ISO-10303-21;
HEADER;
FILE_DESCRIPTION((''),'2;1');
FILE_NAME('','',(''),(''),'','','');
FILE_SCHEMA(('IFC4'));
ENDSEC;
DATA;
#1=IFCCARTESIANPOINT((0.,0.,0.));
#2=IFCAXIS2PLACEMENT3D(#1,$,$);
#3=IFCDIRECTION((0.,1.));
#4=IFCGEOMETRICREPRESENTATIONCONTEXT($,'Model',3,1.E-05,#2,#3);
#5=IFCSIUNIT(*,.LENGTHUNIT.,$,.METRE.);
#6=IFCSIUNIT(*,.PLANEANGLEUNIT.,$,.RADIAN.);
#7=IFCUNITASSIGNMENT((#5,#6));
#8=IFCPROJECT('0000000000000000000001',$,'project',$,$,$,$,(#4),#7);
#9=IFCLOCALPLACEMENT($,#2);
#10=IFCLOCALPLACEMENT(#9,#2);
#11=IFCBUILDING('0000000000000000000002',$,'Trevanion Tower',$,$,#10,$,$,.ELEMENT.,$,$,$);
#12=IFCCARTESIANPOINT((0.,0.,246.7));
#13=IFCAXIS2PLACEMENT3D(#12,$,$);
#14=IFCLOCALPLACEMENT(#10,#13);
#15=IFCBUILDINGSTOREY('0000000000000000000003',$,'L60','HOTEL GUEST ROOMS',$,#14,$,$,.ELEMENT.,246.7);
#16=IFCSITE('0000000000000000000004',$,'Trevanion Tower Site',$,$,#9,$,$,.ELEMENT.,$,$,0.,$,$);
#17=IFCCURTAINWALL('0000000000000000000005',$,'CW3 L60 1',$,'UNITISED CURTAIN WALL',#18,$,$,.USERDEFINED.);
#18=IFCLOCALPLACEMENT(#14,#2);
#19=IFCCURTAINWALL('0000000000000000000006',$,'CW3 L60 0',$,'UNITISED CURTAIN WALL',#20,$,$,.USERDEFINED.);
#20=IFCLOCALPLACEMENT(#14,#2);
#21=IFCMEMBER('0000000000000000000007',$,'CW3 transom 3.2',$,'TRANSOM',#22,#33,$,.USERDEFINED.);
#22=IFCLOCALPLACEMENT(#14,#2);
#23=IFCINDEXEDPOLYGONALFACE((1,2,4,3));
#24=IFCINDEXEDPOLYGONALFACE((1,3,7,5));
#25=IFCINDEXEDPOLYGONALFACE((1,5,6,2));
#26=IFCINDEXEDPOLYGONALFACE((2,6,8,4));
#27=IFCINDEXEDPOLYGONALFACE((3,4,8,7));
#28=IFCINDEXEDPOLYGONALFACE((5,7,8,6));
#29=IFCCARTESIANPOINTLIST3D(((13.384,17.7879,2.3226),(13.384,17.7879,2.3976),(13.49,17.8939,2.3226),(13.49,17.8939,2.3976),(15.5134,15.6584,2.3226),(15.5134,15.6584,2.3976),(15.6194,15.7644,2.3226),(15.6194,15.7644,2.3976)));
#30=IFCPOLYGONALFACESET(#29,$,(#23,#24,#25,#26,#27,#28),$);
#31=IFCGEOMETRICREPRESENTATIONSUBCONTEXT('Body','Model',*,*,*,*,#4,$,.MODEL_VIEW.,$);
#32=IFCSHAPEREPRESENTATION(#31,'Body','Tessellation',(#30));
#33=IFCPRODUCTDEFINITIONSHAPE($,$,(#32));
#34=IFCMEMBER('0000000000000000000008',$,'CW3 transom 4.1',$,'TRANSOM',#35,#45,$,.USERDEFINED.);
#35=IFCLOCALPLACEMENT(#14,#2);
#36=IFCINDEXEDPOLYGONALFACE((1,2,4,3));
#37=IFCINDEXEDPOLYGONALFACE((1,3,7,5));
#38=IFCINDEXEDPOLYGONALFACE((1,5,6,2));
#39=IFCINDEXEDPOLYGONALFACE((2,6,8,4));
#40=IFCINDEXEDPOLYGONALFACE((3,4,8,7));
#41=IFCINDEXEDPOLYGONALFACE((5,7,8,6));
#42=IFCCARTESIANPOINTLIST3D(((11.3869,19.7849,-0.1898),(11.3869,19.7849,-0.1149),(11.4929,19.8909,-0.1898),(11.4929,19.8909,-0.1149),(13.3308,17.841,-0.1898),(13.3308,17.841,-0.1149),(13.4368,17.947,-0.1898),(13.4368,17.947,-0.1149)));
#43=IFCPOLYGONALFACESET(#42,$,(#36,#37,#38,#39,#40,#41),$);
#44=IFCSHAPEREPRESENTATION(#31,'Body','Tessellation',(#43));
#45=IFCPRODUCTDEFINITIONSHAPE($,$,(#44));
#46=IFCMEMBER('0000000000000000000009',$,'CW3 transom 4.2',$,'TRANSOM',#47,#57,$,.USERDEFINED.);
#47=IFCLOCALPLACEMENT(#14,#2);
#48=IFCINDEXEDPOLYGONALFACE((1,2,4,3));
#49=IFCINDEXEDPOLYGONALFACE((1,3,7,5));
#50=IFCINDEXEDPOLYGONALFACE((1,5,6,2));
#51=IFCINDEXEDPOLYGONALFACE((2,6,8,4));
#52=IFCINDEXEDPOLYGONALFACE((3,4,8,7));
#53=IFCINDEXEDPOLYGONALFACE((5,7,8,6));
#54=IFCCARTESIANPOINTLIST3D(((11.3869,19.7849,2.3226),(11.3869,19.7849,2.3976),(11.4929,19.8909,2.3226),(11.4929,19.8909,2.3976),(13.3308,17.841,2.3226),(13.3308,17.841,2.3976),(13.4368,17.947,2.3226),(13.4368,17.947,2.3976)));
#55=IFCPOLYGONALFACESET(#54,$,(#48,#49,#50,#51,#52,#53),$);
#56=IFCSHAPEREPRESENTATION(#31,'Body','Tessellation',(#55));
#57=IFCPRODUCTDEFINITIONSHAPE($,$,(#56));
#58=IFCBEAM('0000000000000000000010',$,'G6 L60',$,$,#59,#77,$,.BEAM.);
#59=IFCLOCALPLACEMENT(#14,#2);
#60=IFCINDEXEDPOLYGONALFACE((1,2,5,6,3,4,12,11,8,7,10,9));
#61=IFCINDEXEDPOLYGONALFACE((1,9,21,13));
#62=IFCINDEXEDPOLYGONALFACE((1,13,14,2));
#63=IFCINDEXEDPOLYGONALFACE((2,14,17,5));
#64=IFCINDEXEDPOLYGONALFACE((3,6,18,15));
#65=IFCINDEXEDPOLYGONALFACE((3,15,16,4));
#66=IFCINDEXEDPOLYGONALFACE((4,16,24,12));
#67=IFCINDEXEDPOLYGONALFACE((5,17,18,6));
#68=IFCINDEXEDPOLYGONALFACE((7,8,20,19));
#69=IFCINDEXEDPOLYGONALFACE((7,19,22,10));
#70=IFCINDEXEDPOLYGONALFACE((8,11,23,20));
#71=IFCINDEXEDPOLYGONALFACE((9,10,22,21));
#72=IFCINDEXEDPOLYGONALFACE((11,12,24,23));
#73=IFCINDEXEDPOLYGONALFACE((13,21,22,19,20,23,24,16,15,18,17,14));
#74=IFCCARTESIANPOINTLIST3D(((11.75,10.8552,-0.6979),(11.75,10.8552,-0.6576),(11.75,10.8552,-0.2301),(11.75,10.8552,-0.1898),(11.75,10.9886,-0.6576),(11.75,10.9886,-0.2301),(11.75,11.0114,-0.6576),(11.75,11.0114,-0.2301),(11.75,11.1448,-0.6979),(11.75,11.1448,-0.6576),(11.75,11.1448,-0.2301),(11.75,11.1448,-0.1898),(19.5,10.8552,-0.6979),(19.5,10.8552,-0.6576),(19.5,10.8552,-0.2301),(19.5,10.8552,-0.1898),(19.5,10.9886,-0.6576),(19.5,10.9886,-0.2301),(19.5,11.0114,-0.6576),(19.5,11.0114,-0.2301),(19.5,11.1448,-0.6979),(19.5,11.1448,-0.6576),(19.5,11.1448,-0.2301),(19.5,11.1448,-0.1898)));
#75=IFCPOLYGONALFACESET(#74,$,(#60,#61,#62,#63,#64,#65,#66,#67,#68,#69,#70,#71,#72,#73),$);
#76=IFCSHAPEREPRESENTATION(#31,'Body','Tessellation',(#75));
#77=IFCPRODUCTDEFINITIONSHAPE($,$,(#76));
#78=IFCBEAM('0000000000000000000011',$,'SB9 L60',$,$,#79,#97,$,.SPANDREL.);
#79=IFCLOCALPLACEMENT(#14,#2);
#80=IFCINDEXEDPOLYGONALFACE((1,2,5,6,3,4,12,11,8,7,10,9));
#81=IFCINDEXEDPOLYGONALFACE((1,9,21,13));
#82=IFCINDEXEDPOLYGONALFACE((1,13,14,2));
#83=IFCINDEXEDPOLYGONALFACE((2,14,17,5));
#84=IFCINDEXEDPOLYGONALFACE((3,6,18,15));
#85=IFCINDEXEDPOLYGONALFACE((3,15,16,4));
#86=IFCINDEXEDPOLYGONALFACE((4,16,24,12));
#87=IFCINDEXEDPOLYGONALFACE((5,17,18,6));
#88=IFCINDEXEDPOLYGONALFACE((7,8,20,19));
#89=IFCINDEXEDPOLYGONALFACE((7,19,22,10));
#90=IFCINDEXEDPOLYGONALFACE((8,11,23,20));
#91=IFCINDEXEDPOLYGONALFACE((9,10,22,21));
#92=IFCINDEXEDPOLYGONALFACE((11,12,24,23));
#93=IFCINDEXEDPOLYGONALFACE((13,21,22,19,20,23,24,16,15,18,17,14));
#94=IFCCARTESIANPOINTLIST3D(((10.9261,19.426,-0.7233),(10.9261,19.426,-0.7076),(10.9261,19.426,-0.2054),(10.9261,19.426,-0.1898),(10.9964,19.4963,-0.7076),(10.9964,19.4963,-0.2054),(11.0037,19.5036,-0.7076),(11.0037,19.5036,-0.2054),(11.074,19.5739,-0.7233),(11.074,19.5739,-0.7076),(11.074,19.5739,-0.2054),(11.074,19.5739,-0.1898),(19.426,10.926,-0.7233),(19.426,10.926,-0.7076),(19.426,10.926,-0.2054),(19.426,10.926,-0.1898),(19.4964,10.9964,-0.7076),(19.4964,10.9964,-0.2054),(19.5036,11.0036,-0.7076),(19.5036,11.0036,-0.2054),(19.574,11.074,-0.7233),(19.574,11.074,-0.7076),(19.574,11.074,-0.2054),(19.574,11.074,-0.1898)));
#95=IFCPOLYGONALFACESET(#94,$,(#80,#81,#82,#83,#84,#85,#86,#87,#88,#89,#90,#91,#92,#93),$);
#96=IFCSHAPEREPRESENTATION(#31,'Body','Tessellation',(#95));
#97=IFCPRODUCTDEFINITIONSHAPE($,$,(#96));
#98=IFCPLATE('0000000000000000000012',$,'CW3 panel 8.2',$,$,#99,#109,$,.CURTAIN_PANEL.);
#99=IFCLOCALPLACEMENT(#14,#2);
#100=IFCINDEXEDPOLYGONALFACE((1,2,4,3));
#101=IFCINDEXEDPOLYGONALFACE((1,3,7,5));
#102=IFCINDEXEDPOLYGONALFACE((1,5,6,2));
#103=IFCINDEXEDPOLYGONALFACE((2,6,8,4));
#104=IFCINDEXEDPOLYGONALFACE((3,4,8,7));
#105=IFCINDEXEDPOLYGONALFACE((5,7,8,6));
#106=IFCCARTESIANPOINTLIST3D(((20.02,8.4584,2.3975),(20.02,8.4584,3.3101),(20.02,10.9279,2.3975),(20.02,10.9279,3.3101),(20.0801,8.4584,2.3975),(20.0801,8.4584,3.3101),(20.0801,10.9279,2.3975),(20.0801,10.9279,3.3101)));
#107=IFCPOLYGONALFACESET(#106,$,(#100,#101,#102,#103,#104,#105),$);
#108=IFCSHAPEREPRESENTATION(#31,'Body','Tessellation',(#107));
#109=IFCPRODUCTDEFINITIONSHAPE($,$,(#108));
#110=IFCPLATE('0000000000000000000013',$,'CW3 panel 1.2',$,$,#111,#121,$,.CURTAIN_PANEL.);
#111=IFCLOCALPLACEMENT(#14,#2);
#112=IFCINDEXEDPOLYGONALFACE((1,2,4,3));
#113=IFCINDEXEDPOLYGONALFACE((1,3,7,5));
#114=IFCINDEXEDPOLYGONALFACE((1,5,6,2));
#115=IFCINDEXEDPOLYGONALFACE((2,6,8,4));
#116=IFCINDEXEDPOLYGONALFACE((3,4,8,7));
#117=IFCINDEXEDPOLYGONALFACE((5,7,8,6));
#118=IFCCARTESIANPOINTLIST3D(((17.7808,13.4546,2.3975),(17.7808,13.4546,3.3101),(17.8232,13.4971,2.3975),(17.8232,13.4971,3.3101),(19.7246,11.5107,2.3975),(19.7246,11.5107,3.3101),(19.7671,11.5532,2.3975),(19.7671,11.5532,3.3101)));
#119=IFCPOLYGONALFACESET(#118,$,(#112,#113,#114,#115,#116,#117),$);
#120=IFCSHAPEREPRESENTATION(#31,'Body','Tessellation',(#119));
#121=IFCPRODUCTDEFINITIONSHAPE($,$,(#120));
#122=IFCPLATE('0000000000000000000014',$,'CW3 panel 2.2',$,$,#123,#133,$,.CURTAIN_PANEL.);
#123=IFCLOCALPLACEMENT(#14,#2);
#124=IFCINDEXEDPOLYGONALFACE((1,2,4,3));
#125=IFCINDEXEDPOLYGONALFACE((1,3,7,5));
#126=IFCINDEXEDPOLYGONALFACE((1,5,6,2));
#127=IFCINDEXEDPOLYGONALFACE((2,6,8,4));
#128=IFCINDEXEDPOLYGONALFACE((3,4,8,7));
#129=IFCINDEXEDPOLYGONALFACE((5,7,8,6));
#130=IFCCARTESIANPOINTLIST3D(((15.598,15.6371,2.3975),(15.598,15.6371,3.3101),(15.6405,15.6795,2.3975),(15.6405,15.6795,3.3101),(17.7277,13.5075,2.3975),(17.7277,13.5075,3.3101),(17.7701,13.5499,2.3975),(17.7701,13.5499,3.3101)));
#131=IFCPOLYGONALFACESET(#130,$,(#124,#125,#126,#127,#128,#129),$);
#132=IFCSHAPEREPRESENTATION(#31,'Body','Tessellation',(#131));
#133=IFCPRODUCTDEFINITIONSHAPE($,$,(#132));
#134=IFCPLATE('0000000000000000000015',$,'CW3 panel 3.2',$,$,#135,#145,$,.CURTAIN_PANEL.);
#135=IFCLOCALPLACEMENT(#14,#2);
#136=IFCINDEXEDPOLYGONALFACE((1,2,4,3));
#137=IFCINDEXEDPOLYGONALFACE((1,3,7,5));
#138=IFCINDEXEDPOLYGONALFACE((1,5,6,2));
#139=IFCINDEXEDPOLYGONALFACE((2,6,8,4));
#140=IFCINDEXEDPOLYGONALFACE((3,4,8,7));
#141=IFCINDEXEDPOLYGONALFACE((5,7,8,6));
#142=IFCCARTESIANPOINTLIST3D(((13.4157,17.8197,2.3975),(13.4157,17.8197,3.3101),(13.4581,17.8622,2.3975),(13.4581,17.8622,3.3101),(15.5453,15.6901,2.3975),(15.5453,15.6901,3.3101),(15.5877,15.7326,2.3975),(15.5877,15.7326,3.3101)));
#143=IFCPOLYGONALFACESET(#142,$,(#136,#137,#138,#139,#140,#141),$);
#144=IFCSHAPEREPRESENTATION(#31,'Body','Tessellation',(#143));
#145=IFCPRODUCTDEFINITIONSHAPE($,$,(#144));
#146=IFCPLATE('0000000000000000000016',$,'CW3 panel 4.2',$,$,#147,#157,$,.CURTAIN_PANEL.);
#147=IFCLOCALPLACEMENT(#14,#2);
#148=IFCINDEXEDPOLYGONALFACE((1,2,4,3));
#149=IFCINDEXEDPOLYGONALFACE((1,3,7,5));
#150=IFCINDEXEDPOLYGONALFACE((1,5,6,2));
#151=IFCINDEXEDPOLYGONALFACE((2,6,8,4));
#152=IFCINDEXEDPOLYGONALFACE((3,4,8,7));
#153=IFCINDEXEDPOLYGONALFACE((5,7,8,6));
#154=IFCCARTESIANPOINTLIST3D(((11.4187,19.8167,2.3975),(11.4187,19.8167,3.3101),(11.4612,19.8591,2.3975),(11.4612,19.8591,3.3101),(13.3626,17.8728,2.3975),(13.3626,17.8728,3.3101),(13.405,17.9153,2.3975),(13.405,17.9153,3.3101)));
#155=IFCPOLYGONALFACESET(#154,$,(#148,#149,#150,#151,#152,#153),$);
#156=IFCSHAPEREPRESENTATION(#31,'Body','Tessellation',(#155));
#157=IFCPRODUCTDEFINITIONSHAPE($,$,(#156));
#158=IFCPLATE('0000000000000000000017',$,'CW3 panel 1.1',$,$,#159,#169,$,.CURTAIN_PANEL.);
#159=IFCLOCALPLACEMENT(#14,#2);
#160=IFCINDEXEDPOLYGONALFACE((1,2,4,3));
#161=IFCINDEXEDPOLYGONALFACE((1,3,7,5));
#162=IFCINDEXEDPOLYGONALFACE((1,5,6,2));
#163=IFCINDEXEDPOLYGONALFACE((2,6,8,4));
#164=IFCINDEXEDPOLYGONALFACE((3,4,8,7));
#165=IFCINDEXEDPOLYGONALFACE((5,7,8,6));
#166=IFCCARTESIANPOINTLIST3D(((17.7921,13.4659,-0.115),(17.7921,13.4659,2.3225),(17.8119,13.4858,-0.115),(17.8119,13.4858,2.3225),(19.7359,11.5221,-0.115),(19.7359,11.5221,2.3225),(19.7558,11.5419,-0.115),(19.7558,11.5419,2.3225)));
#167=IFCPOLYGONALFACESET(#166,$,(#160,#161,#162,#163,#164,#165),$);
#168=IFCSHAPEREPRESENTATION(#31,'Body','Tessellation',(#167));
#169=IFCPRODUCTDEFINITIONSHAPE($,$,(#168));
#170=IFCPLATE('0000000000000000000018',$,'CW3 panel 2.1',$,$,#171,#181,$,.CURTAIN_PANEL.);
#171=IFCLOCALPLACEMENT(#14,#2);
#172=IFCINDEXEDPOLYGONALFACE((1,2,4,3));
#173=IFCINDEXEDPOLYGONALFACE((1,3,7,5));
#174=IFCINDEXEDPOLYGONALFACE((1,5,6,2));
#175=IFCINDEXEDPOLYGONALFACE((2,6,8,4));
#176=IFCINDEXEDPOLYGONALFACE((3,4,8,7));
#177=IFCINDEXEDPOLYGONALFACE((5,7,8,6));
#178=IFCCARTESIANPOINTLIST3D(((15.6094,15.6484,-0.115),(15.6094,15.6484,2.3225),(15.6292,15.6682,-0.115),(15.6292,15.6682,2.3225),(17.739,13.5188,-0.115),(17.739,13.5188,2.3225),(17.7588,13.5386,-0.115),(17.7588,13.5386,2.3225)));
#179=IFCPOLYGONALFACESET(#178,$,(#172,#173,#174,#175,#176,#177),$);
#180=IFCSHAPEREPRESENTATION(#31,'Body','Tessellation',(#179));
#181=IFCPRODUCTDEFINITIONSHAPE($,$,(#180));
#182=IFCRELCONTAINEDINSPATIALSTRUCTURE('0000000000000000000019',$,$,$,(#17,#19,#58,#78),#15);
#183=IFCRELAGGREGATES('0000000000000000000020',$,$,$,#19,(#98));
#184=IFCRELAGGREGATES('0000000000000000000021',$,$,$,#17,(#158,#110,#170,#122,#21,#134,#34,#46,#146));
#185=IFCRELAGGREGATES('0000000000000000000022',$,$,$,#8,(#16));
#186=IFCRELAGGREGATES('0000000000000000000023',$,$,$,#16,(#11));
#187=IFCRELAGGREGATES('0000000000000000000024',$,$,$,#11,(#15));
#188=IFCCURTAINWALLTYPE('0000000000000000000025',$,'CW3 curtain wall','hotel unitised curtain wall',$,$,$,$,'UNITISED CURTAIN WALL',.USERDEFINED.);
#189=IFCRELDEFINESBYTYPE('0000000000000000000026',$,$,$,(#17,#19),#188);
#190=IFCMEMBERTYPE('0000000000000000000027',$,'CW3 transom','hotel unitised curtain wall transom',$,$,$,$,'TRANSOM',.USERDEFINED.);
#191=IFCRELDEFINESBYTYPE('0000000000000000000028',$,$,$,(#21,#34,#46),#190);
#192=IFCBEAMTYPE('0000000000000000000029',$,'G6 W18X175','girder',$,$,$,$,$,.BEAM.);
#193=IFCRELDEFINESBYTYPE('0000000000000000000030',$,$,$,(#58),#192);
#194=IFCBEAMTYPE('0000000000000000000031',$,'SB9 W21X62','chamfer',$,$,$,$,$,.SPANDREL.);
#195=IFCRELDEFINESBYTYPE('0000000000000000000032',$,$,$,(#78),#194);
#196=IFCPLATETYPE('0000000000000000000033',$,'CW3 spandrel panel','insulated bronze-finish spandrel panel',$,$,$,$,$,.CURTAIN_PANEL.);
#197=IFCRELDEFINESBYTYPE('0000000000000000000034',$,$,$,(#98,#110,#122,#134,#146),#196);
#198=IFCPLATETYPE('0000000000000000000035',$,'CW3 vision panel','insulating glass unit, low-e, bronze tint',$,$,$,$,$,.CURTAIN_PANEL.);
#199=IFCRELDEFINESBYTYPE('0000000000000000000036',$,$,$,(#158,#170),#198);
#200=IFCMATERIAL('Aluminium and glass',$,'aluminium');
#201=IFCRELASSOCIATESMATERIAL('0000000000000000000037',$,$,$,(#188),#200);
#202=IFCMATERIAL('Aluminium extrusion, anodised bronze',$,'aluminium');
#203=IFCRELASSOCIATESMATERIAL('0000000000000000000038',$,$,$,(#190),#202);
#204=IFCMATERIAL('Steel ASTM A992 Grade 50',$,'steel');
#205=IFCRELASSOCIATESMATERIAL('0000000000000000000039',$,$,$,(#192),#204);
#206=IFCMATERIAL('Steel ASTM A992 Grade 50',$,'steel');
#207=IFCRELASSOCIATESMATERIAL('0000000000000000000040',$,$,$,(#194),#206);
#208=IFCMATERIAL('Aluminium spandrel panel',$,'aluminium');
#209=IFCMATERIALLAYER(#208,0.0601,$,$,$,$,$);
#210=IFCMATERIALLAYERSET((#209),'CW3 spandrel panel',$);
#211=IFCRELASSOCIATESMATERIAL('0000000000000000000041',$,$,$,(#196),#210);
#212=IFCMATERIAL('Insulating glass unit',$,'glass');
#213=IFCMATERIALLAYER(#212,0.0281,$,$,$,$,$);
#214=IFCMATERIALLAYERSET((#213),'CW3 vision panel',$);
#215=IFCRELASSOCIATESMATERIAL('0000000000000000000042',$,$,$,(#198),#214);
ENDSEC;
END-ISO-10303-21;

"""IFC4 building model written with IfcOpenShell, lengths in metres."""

from ifc_helpers import new_model, si_unit, direction, frame, origin, origin_2d, place, context, subcontext, project, spatial, rectangle, i_section, extrude, material, layer, layer_set, material_profile, profile_set, type_object, element, aggregate, save


model = new_model("IFC4")

# Units and contexts
model_context = context("Model", 3, precision=1e-05, world=origin(), true_north=direction((0.0, 1.0)))
body_context = subcontext(model_context, "Body", "Model", "MODEL_VIEW")
ifc_project = project(units=[si_unit("LENGTHUNIT", "METRE"), si_unit("PLANEANGLEUNIT", "RADIAN")], contexts=[model_context])

# Site, building, storey
site_placement = place(None, origin())
site = spatial("IfcSite", under=ifc_project, at=site_placement, Name="Trevanion Tower Site", CompositionType="ELEMENT", RefElevation=0.0)
building_placement = place(site_placement, origin())
building = spatial("IfcBuilding", under=site, at=building_placement, Name="Trevanion Tower", CompositionType="ELEMENT")
storey_placement = place(building_placement, frame((0.0, 0.0, 246.7)))
storey = spatial("IfcBuildingStorey", under=building, at=storey_placement, Name="L60", Description="HOTEL GUEST ROOMS", CompositionType="ELEMENT", Elevation=246.7)

# Curtain wall
ifc_material_1 = material(Name="Aluminium and glass", Category="aluminium")
curtain_wall_type = type_object("IfcCurtainWallType", Name="CW3 curtain wall", Description="hotel unitised curtain wall", ElementType="UNITISED CURTAIN WALL", PredefinedType="USERDEFINED", material=ifc_material_1)
curtain_wall_1_placement = place(storey_placement, origin())
curtain_wall_1 = element("IfcCurtainWall", 1, at=curtain_wall_1_placement, inside=storey, type_object=curtain_wall_type, Name="CW3 L60 1", ObjectType="UNITISED CURTAIN WALL", PredefinedType="USERDEFINED")

# Curtain wall
curtain_wall_2_placement = place(storey_placement, origin())
curtain_wall_2 = element("IfcCurtainWall", 2, at=curtain_wall_2_placement, inside=storey, type_object=curtain_wall_type, Name="CW3 L60 0", ObjectType="UNITISED CURTAIN WALL", PredefinedType="USERDEFINED")

# Members
ifc_material_2 = material(Name="Aluminium extrusion, anodised bronze", Category="aluminium")
ifc_material_profile_1 = material_profile(ifc_material_2, rectangle(XDim=0.1499, YDim=0.075, at=origin_2d()), Name="CW3 transom")
ifc_profile_set_1 = profile_set([ifc_material_profile_1], Name="Aluminium extrusion, anodised bronze")
member_type_1 = type_object("IfcMemberType", Name="CW3 transom", Description="hotel unitised curtain wall transom", ElementType="TRANSOM", PredefinedType="USERDEFINED", material=ifc_profile_set_1)
member_1_placement = place(storey_placement, frame((15.5664, 15.7114, 2.3601), z_axis=(-0.707107, 0.707107, 0.0), x_axis=(-0.707107, -0.707107, 0.0)))
member_1 = element("IfcMember", 3, at=member_1_placement, type_object=member_type_1, Name="CW3 transom 3.2", ObjectType="TRANSOM", PredefinedType="USERDEFINED", context=body_context, shape_type="SweptSolid", body=[
    extrude(rectangle(XDim=0.1499, YDim=0.075, at=origin_2d()), origin(), (0.0, 0.0, 1.0), 3.0115),
])
member_2_placement = place(storey_placement, frame((13.3838, 17.894, -0.1523), z_axis=(-0.707107, 0.707107, 0.0), x_axis=(-0.707107, -0.707107, 0.0)))
member_2 = element("IfcMember", 4, at=member_2_placement, type_object=member_type_1, Name="CW3 transom 4.1", ObjectType="TRANSOM", PredefinedType="USERDEFINED", context=body_context, shape_type="SweptSolid", body=[
    extrude(rectangle(XDim=0.1499, YDim=0.075, at=origin_2d()), origin(), (0.0, 0.0, 1.0), 2.749),
])
member_3_placement = place(storey_placement, frame((13.3838, 17.894, 2.3601), z_axis=(-0.707107, 0.707107, 0.0), x_axis=(-0.707107, -0.707107, 0.0)))
member_3 = element("IfcMember", 5, at=member_3_placement, type_object=member_type_1, Name="CW3 transom 4.2", ObjectType="TRANSOM", PredefinedType="USERDEFINED", context=body_context, shape_type="SweptSolid", body=[
    extrude(rectangle(XDim=0.1499, YDim=0.075, at=origin_2d()), origin(), (0.0, 0.0, 1.0), 2.749),
])

# Beams
ifc_material_3 = material(Name="Steel ASTM A992 Grade 50", Category="steel")
ifc_material_profile_2 = material_profile(ifc_material_3, i_section(OverallWidth=0.2896, OverallDepth=0.5081, WebThickness=0.0227, FlangeThickness=0.0403, at=origin_2d()), Name="W18X175")
ifc_profile_set_2 = profile_set([ifc_material_profile_2], Name="Steel ASTM A992 Grade 50")
beam_type_1 = type_object("IfcBeamType", Name="G6 W18X175", Description="girder", PredefinedType="BEAM", material=ifc_profile_set_2)
beam_1_placement = place(storey_placement, frame((11.75, 11.0, -0.4438), z_axis=(1.0, 0.0, 0.0), x_axis=(0.0, 1.0, 0.0)))
element("IfcBeam", 6, at=beam_1_placement, inside=storey, type_object=beam_type_1, Name="G6 L60", PredefinedType="BEAM", context=body_context, shape_type="SweptSolid", body=[
    extrude(i_section(OverallWidth=0.2896, OverallDepth=0.5081, WebThickness=0.0227, FlangeThickness=0.0403, at=origin_2d()), origin(), (0.0, 0.0, 1.0), 7.75),
])
ifc_material_4 = material(Name="Steel ASTM A992 Grade 50", Category="steel")
ifc_material_profile_3 = material_profile(ifc_material_4, i_section(OverallWidth=0.2092, OverallDepth=0.5334, WebThickness=0.0103, FlangeThickness=0.0156, at=origin_2d()), Name="W21X62")
ifc_profile_set_3 = profile_set([ifc_material_profile_3], Name="Steel ASTM A992 Grade 50")
beam_type_2 = type_object("IfcBeamType", Name="SB9 W21X62", Description="chamfer", PredefinedType="SPANDREL", material=ifc_profile_set_3)
beam_2_placement = place(storey_placement, frame((19.5, 11.0, -0.4565), z_axis=(-0.707107, 0.707107, 0.0), x_axis=(-0.707107, -0.707107, 0.0)))
element("IfcBeam", 7, at=beam_2_placement, inside=storey, type_object=beam_type_2, Name="SB9 L60", PredefinedType="SPANDREL", context=body_context, shape_type="SweptSolid", body=[
    extrude(i_section(OverallWidth=0.2092, OverallDepth=0.5334, WebThickness=0.0103, FlangeThickness=0.0156, at=origin_2d()), origin(), (0.0, 0.0, 1.0), 12.0208),
])

# Plates
ifc_material_5 = material(Name="Aluminium spandrel panel", Category="aluminium")
ifc_layer_1 = layer(ifc_material_5, 0.0601)
ifc_layer_set_1 = layer_set([ifc_layer_1], Name="CW3 spandrel panel")
plate_type_1 = type_object("IfcPlateType", Name="CW3 spandrel panel", Description="insulated bronze-finish spandrel panel", PredefinedType="CURTAIN_PANEL", material=ifc_layer_set_1)
plate_1_placement = place(storey_placement, frame((20.05, 9.6931, 2.3975), z_axis=(0.0, 0.0, 1.0), x_axis=(0.0, 1.0, 0.0)))
plate_1 = element("IfcPlate", 8, at=plate_1_placement, type_object=plate_type_1, Name="CW3 panel 8.2", PredefinedType="CURTAIN_PANEL", context=body_context, shape_type="SweptSolid", body=[
    extrude(rectangle(XDim=2.4695, YDim=0.0601, at=origin_2d()), origin(), (0.0, 0.0, 1.0), 0.9126),
])
aggregate(curtain_wall_2, [plate_1])
plate_2_placement = place(storey_placement, frame((18.7739, 12.5039, 2.3975), z_axis=(0.0, 0.0, 1.0), x_axis=(-0.707107, 0.707107, 0.0)))
plate_2 = element("IfcPlate", 9, at=plate_2_placement, type_object=plate_type_1, Name="CW3 panel 1.2", PredefinedType="CURTAIN_PANEL", context=body_context, shape_type="SweptSolid", body=[
    extrude(rectangle(XDim=2.749, YDim=0.0601, at=origin_2d()), origin(), (0.0, 0.0, 1.0), 0.9126),
])
plate_3_placement = place(storey_placement, frame((16.6841, 14.5935, 2.3975), z_axis=(0.0, 0.0, 1.0), x_axis=(-0.707107, 0.707107, 0.0)))
plate_3 = element("IfcPlate", 10, at=plate_3_placement, type_object=plate_type_1, Name="CW3 panel 2.2", PredefinedType="CURTAIN_PANEL", context=body_context, shape_type="SweptSolid", body=[
    extrude(rectangle(XDim=3.0117, YDim=0.0601, at=origin_2d()), origin(), (0.0, 0.0, 1.0), 0.9126),
])
plate_4_placement = place(storey_placement, frame((14.5017, 16.7761, 2.3975), z_axis=(0.0, 0.0, 1.0), x_axis=(-0.707107, 0.707107, 0.0)))
plate_4 = element("IfcPlate", 11, at=plate_4_placement, type_object=plate_type_1, Name="CW3 panel 3.2", PredefinedType="CURTAIN_PANEL", context=body_context, shape_type="SweptSolid", body=[
    extrude(rectangle(XDim=3.0117, YDim=0.0601, at=origin_2d()), origin(), (0.0, 0.0, 1.0), 0.9126),
])
plate_5_placement = place(storey_placement, frame((12.4119, 18.866, 2.3975), z_axis=(0.0, 0.0, 1.0), x_axis=(-0.707107, 0.707107, 0.0)))
plate_5 = element("IfcPlate", 12, at=plate_5_placement, type_object=plate_type_1, Name="CW3 panel 4.2", PredefinedType="CURTAIN_PANEL", context=body_context, shape_type="SweptSolid", body=[
    extrude(rectangle(XDim=2.749, YDim=0.0601, at=origin_2d()), origin(), (0.0, 0.0, 1.0), 0.9126),
])
ifc_material_6 = material(Name="Insulating glass unit", Category="glass")
ifc_layer_2 = layer(ifc_material_6, 0.0281)
ifc_layer_set_2 = layer_set([ifc_layer_2], Name="CW3 vision panel")
plate_type_2 = type_object("IfcPlateType", Name="CW3 vision panel", Description="insulating glass unit, low-e, bronze tint", PredefinedType="CURTAIN_PANEL", material=ifc_layer_set_2)
plate_6_placement = place(storey_placement, frame((18.7739, 12.5039, -0.115), z_axis=(0.0, 0.0, 1.0), x_axis=(-0.707107, 0.707107, 0.0)))
plate_6 = element("IfcPlate", 13, at=plate_6_placement, type_object=plate_type_2, Name="CW3 panel 1.1", PredefinedType="CURTAIN_PANEL", context=body_context, shape_type="SweptSolid", body=[
    extrude(rectangle(XDim=2.749, YDim=0.0281, at=origin_2d()), origin(), (0.0, 0.0, 1.0), 2.4375),
])
plate_7_placement = place(storey_placement, frame((16.6841, 14.5935, -0.115), z_axis=(0.0, 0.0, 1.0), x_axis=(-0.707107, 0.707107, 0.0)))
plate_7 = element("IfcPlate", 14, at=plate_7_placement, type_object=plate_type_2, Name="CW3 panel 2.1", PredefinedType="CURTAIN_PANEL", context=body_context, shape_type="SweptSolid", body=[
    extrude(rectangle(XDim=3.0117, YDim=0.0281, at=origin_2d()), origin(), (0.0, 0.0, 1.0), 2.4375),
])
aggregate(curtain_wall_1, [plate_6, plate_2, plate_7, plate_3, member_1, plate_4, member_2, member_3, plate_5])

save(model, "model.ifc")
